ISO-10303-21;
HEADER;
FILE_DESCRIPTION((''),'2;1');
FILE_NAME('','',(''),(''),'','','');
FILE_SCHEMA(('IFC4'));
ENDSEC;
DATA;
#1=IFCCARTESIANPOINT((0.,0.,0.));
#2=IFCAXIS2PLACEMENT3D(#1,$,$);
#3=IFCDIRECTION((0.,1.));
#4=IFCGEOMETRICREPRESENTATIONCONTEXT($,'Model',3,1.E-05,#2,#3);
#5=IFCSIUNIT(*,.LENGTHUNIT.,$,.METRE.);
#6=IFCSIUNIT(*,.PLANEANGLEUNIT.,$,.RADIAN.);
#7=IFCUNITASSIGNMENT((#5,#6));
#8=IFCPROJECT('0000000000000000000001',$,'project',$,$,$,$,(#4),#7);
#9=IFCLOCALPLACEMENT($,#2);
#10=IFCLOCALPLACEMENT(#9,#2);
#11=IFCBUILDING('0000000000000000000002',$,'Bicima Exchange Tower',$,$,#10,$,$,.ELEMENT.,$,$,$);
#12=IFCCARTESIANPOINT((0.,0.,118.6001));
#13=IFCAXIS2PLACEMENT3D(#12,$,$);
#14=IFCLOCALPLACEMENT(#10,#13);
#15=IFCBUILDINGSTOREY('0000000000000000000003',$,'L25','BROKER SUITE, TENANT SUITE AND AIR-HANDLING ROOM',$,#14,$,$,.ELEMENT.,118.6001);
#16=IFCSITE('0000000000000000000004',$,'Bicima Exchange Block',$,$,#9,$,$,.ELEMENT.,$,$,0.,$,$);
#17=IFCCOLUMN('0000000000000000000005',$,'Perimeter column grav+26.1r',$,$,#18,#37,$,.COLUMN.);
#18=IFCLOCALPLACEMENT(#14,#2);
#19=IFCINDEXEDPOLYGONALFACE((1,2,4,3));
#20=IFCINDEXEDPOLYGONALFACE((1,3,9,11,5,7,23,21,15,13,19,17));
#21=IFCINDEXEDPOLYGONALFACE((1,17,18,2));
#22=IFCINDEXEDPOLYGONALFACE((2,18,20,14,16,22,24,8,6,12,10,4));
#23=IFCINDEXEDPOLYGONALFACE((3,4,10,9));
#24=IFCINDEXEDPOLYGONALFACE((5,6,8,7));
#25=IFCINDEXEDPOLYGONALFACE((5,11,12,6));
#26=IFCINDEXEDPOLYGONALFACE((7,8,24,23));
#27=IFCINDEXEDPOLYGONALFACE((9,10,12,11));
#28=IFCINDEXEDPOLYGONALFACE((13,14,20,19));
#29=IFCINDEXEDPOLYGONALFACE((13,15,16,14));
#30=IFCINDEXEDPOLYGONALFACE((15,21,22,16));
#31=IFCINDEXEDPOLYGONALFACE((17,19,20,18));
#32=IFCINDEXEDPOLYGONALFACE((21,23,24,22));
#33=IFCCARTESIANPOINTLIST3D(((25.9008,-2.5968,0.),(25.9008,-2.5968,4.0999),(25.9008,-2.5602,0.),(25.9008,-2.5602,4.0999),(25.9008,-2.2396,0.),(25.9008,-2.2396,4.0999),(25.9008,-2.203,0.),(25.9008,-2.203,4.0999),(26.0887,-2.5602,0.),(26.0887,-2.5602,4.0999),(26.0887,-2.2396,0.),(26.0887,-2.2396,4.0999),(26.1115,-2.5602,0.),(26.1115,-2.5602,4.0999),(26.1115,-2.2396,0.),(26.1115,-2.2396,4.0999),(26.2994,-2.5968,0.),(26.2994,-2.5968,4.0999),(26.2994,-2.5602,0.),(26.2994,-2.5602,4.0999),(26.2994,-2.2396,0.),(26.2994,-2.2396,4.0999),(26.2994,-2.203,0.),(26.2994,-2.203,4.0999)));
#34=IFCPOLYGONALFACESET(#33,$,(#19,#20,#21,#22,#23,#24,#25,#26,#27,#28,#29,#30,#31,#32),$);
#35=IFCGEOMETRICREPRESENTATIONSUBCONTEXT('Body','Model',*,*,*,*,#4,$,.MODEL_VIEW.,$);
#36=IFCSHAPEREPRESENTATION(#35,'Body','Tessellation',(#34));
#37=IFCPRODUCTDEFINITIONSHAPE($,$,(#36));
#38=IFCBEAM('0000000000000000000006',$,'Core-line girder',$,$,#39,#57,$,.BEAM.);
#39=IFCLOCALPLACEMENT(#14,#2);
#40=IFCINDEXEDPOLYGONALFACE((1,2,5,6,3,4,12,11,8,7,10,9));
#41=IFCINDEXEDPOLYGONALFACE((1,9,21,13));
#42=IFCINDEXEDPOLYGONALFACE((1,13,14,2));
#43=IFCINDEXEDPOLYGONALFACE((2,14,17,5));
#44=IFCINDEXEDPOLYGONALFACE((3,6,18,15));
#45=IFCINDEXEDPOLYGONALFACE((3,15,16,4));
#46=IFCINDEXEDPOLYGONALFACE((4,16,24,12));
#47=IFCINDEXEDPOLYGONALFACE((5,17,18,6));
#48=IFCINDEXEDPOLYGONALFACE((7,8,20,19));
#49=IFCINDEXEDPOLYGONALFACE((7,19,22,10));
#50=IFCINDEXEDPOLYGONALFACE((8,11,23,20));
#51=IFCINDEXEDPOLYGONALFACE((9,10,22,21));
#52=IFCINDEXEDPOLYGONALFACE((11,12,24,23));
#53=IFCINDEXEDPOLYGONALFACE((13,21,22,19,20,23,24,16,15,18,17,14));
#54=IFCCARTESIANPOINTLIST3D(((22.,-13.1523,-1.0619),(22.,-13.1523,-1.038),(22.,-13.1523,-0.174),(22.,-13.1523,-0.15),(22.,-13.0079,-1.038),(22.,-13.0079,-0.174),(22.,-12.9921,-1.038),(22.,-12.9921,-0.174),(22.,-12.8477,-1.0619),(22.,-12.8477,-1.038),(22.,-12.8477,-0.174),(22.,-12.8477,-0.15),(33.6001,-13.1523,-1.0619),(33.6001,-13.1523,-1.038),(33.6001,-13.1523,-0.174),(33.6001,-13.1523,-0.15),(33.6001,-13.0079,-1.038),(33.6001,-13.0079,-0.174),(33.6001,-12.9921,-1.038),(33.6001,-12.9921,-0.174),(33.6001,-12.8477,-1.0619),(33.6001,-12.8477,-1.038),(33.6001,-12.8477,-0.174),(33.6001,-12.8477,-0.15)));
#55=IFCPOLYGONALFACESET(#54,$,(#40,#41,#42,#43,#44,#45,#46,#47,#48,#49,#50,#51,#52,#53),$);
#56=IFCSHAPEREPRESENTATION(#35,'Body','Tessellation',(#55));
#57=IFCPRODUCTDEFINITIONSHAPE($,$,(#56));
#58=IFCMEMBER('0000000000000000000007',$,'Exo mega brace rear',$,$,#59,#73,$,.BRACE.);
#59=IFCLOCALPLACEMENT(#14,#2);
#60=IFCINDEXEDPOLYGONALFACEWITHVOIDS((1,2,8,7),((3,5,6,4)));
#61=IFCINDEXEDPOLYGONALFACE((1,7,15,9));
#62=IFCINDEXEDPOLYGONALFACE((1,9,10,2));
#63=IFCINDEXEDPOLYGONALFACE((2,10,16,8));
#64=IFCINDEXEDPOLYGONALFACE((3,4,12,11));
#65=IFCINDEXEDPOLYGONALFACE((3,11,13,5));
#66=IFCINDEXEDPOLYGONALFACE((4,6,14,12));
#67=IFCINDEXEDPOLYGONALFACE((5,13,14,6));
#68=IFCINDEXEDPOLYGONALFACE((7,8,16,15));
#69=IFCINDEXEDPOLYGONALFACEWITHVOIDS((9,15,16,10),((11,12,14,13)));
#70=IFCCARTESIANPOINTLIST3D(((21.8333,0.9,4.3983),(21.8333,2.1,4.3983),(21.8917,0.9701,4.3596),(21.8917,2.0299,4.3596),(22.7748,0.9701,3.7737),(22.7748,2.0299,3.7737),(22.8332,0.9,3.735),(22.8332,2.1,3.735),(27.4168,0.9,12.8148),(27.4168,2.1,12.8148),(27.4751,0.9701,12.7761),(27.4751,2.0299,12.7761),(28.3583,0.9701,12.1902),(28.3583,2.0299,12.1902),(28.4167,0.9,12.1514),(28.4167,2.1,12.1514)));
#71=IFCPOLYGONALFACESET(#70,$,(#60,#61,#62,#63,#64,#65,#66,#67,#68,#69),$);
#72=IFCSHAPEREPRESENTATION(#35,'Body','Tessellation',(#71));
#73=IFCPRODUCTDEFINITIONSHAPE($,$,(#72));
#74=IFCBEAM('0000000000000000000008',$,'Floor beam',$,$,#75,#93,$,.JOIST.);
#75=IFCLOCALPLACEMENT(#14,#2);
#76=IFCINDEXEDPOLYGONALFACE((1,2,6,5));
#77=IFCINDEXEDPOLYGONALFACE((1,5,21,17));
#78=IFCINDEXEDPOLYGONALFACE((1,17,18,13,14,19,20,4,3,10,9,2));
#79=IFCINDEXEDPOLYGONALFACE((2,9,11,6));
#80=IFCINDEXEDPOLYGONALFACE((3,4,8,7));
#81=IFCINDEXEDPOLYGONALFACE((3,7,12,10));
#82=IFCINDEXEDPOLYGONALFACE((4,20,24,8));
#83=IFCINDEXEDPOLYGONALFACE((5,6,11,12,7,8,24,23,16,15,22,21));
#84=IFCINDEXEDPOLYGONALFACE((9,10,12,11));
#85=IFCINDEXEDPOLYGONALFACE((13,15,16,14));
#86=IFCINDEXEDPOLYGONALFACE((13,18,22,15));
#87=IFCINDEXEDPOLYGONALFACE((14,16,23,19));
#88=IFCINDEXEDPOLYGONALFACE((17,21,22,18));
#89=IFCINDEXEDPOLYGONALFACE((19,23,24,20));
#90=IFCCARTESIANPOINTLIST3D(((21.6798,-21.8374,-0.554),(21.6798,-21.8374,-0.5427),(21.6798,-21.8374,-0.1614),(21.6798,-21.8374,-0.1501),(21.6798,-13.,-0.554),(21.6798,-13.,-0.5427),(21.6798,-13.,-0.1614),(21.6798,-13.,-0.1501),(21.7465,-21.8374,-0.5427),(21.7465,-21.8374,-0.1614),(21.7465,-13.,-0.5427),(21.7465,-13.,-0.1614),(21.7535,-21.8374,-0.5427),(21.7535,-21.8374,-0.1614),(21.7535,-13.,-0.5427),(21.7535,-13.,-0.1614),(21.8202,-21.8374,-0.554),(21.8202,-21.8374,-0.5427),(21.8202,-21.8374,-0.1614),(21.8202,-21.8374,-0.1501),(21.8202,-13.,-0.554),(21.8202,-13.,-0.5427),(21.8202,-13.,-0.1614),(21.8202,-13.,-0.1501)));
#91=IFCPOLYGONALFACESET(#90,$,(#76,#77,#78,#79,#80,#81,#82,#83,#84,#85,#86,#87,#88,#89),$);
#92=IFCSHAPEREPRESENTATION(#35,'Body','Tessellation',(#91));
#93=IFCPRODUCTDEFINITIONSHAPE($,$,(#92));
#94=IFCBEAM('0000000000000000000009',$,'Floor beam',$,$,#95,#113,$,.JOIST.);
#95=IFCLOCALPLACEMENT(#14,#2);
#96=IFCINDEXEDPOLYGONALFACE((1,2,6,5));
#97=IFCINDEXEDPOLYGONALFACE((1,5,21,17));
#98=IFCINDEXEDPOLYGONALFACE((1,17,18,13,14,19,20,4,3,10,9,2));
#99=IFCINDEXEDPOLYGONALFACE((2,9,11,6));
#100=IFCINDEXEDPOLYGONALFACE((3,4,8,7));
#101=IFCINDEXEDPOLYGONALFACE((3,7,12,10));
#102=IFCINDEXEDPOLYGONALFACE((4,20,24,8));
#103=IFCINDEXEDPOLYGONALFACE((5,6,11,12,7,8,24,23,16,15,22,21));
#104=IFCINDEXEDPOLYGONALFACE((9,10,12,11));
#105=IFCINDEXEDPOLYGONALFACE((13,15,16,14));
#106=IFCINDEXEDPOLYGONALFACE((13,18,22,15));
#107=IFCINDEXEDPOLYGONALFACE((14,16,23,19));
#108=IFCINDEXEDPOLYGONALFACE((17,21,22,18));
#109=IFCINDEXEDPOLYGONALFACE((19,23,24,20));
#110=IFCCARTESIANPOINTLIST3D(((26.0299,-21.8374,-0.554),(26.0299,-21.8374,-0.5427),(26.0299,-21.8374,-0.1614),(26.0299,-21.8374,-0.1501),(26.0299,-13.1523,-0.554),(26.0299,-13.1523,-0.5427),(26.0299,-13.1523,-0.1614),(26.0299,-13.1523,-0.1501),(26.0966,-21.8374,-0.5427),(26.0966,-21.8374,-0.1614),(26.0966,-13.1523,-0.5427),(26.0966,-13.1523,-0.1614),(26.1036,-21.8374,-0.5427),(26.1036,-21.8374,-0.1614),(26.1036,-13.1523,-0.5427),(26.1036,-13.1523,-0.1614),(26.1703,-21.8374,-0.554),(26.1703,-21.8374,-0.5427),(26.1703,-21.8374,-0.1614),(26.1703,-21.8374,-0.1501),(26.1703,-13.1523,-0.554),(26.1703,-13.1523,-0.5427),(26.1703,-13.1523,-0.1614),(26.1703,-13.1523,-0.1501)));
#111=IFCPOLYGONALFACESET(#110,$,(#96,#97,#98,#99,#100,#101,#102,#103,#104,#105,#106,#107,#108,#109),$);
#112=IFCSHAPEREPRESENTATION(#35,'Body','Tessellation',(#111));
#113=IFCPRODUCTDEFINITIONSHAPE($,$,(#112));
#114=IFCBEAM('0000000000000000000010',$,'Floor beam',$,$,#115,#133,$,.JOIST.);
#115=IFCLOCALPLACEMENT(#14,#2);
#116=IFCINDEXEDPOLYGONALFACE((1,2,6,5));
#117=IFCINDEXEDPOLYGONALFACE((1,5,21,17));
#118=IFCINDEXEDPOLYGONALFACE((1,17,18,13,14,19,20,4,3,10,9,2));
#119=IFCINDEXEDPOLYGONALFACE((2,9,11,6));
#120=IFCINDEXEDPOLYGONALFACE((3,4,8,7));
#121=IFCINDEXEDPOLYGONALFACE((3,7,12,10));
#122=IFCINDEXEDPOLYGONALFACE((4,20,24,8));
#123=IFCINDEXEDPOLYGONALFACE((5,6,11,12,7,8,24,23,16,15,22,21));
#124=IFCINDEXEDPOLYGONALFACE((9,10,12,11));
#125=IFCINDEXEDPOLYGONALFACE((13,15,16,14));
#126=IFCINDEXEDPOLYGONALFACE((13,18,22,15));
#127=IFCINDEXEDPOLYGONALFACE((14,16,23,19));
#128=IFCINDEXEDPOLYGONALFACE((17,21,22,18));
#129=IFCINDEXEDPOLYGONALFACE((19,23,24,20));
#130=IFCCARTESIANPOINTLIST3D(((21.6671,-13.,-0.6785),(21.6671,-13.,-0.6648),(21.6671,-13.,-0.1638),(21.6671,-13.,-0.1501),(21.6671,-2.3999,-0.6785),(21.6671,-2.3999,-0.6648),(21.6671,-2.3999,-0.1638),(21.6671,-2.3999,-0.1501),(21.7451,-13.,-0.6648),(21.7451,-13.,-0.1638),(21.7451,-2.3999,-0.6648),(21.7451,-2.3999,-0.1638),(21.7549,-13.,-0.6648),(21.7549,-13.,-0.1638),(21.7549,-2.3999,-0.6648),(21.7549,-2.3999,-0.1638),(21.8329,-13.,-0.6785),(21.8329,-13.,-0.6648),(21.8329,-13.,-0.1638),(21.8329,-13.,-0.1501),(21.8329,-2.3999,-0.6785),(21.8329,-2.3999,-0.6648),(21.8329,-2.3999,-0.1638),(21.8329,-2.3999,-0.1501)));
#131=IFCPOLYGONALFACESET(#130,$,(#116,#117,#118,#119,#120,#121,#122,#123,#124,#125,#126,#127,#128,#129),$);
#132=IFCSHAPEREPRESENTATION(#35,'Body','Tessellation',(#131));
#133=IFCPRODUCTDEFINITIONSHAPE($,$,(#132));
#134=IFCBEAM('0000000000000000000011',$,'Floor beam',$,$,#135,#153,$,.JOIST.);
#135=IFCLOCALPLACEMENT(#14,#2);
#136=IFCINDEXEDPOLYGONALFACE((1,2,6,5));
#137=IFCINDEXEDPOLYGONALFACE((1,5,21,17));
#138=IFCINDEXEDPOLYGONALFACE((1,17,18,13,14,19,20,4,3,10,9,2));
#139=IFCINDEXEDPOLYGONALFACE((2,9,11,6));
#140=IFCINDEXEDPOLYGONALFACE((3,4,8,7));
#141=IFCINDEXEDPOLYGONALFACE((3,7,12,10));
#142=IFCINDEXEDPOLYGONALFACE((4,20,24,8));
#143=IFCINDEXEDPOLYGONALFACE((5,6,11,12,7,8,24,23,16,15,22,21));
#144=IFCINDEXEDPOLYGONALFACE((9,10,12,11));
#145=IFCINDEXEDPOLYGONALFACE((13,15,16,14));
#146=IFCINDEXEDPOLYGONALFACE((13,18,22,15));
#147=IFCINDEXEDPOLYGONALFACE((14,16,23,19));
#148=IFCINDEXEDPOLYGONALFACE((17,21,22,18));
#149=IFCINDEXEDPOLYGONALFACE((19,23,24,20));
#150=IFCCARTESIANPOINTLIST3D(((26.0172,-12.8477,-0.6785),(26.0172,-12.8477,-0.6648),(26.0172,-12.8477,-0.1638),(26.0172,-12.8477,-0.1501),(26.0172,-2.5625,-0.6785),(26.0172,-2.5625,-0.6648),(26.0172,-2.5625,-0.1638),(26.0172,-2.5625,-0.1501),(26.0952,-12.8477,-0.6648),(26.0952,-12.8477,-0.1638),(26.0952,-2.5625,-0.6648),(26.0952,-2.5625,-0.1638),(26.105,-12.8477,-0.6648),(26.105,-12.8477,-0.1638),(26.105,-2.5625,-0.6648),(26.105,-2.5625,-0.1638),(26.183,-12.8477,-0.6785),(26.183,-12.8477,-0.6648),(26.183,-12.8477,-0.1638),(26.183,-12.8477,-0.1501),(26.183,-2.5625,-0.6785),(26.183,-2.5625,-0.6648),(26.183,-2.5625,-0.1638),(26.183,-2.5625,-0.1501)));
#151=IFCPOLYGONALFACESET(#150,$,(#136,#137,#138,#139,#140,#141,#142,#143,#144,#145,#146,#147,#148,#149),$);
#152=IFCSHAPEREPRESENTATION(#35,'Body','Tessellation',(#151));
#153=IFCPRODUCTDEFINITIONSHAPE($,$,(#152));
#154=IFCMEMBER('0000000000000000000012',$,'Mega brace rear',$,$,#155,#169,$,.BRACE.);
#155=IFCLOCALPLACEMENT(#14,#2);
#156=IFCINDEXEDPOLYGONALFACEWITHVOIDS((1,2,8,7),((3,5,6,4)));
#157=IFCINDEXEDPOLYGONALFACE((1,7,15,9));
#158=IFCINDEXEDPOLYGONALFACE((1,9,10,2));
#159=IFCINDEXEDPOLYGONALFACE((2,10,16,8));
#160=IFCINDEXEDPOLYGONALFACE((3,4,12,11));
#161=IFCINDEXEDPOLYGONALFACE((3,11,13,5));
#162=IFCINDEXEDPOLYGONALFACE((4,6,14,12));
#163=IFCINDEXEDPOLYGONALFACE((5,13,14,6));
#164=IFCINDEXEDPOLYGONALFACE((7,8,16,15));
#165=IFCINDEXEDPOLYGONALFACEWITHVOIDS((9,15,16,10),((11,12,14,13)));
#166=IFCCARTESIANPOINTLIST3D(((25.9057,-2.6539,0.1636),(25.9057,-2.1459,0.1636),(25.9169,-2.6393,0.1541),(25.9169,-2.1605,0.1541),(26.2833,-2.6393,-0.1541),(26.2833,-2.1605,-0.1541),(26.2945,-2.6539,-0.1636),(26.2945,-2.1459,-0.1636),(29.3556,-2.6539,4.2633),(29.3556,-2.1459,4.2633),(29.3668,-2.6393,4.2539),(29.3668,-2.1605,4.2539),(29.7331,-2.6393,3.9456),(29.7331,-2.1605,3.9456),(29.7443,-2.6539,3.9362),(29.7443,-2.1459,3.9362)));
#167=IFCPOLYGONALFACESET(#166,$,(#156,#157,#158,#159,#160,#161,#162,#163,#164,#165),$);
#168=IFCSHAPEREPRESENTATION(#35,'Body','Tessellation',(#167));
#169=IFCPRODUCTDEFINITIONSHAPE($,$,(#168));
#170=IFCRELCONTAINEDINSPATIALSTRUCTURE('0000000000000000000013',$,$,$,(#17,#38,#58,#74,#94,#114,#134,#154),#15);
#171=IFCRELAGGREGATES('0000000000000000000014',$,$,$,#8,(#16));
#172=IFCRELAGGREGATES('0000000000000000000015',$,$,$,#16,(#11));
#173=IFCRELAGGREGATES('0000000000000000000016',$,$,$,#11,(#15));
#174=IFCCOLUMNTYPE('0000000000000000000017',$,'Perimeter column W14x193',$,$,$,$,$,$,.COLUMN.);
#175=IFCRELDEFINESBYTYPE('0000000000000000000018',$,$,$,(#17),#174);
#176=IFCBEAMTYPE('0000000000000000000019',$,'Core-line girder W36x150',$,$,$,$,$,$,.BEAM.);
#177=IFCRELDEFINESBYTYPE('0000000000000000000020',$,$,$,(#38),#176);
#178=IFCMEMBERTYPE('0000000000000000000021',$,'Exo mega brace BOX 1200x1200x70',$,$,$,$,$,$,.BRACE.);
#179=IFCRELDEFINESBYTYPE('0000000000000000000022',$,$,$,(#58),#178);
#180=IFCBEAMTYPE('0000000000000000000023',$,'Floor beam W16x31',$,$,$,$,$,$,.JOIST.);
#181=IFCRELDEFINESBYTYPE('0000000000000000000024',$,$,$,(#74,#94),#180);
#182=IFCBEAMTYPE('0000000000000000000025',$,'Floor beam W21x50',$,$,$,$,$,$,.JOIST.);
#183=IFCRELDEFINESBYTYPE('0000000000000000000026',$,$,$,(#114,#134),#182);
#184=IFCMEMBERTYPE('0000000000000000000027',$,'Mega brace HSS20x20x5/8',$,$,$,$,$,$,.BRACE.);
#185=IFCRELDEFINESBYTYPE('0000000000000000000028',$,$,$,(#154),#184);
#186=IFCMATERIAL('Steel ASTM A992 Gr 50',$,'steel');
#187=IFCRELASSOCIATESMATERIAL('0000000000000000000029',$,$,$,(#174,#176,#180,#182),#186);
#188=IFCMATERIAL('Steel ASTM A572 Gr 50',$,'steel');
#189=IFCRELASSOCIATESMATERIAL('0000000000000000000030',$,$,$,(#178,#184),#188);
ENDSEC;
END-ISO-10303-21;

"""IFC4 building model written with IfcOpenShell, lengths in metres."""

from ifc_helpers import new_model, si_unit, direction, frame, origin, origin_2d, place, context, subcontext, project, spatial, hollow_rectangle, i_section, extrude, material, material_profile, profile_set, type_object, element, save


model = new_model("IFC4")

# Units and contexts
model_context = context("Model", 3, precision=1e-05, world=origin(), true_north=direction((0.0, 1.0)))
body_context = subcontext(model_context, "Body", "Model", "MODEL_VIEW")
ifc_project = project(units=[si_unit("LENGTHUNIT", "METRE"), si_unit("PLANEANGLEUNIT", "RADIAN")], contexts=[model_context])

# Site, building, storey
site_placement = place(None, origin())
site = spatial("IfcSite", under=ifc_project, at=site_placement, Name="Bicima Exchange Block", CompositionType="ELEMENT", RefElevation=0.0)
building_placement = place(site_placement, origin())
building = spatial("IfcBuilding", under=site, at=building_placement, Name="Bicima Exchange Tower", CompositionType="ELEMENT")
storey_placement = place(building_placement, frame((0.0, 0.0, 118.6001)))
storey = spatial("IfcBuildingStorey", under=building, at=storey_placement, Name="L25", Description="BROKER SUITE, TENANT SUITE AND AIR-HANDLING ROOM", CompositionType="ELEMENT", Elevation=118.6001)

# Column
ifc_material_1 = material(Name="Steel ASTM A992 Gr 50", Category="steel")
ifc_material_profile_1 = material_profile(ifc_material_1, i_section(OverallWidth=0.3987, OverallDepth=0.3938, WebThickness=0.0227, FlangeThickness=0.0366, at=origin_2d()))
ifc_profile_set_1 = profile_set([ifc_material_profile_1], Name="Steel ASTM A992 Gr 50")
column_type = type_object("IfcColumnType", Name="Perimeter column W14x193", PredefinedType="COLUMN", material=ifc_profile_set_1)
column_placement = place(storey_placement, frame((26.1001, -2.3999, 0.0), z_axis=(0.0, 0.0, 1.0), x_axis=(1.0, 0.0, 0.0)))
element("IfcColumn", 1, at=column_placement, inside=storey, type_object=column_type, Name="Perimeter column grav+26.1r", PredefinedType="COLUMN", context=body_context, shape_type="SweptSolid", body=[
    extrude(i_section(OverallWidth=0.3987, OverallDepth=0.3938, WebThickness=0.0227, FlangeThickness=0.0366, at=origin_2d()), origin(), (0.0, 0.0, 1.0), 4.0999),
])

# Beam
ifc_material_profile_2 = material_profile(ifc_material_1, i_section(OverallWidth=0.3047, OverallDepth=0.9119, WebThickness=0.0159, FlangeThickness=0.0239, at=origin_2d()))
ifc_profile_set_2 = profile_set([ifc_material_profile_2], Name="Steel ASTM A992 Gr 50")
beam_type_1 = type_object("IfcBeamType", Name="Core-line girder W36x150", PredefinedType="BEAM", material=ifc_profile_set_2)
beam_1_placement = place(storey_placement, frame((22.0, -13.0, -0.606), z_axis=(1.0, 0.0, 0.0), x_axis=(0.0, 1.0, 0.0)))
element("IfcBeam", 2, at=beam_1_placement, inside=storey, type_object=beam_type_1, Name="Core-line girder", PredefinedType="BEAM", context=body_context, shape_type="SweptSolid", body=[
    extrude(i_section(OverallWidth=0.3047, OverallDepth=0.9119, WebThickness=0.0159, FlangeThickness=0.0239, at=origin_2d()), origin(), (0.0, 0.0, 1.0), 11.6001),
])

# Member
ifc_material_2 = material(Name="Steel ASTM A572 Gr 50", Category="steel")
ifc_material_profile_3 = material_profile(ifc_material_2, hollow_rectangle(XDim=1.2, YDim=1.2, WallThickness=0.0701, at=origin_2d()))
ifc_profile_set_3 = profile_set([ifc_material_profile_3], Name="Steel ASTM A572 Gr 50")
member_type_1 = type_object("IfcMemberType", Name="Exo mega brace BOX 1200x1200x70", PredefinedType="BRACE", material=ifc_profile_set_3)
member_1_placement = place(storey_placement, frame((22.3333, 1.5, 4.0667), z_axis=(0.552813, 0.0, 0.833305), x_axis=(0.0, 1.0, 0.0)))
element("IfcMember", 3, at=member_1_placement, inside=storey, type_object=member_type_1, Name="Exo mega brace rear", PredefinedType="BRACE", context=body_context, shape_type="SweptSolid", body=[
    extrude(hollow_rectangle(XDim=1.2, YDim=1.2, WallThickness=0.0701, at=origin_2d()), origin(), (0.0, 0.0, 1.0), 10.1001),
])

# Beams
ifc_material_profile_4 = material_profile(ifc_material_1, i_section(OverallWidth=0.1404, OverallDepth=0.4038, WebThickness=0.0071, FlangeThickness=0.0112, at=origin_2d()))
ifc_profile_set_4 = profile_set([ifc_material_profile_4], Name="Steel ASTM A992 Gr 50")
beam_type_2 = type_object("IfcBeamType", Name="Floor beam W16x31", PredefinedType="JOIST", material=ifc_profile_set_4)
beam_2_placement = place(storey_placement, frame((21.75, -13.0, -0.3521), z_axis=(0.0, -1.0, 0.0), x_axis=(1.0, 0.0, 0.0)))
element("IfcBeam", 4, at=beam_2_placement, inside=storey, type_object=beam_type_2, Name="Floor beam", PredefinedType="JOIST", context=body_context, shape_type="SweptSolid", body=[
    extrude(i_section(OverallWidth=0.1404, OverallDepth=0.4038, WebThickness=0.0071, FlangeThickness=0.0112, at=origin_2d()), origin(), (0.0, 0.0, 1.0), 8.8374),
])
beam_3_placement = place(storey_placement, frame((26.1001, -13.1523, -0.3521), z_axis=(0.0, -1.0, 0.0), x_axis=(1.0, 0.0, 0.0)))
element("IfcBeam", 5, at=beam_3_placement, inside=storey, type_object=beam_type_2, Name="Floor beam", PredefinedType="JOIST", context=body_context, shape_type="SweptSolid", body=[
    extrude(i_section(OverallWidth=0.1404, OverallDepth=0.4038, WebThickness=0.0071, FlangeThickness=0.0112, at=origin_2d()), origin(), (0.0, 0.0, 1.0), 8.6851),
])
ifc_material_profile_5 = material_profile(ifc_material_1, i_section(OverallWidth=0.1658, OverallDepth=0.5283, WebThickness=0.0098, FlangeThickness=0.0137, at=origin_2d()))
ifc_profile_set_5 = profile_set([ifc_material_profile_5], Name="Steel ASTM A992 Gr 50")
beam_type_3 = type_object("IfcBeamType", Name="Floor beam W21x50", PredefinedType="JOIST", material=ifc_profile_set_5)
beam_4_placement = place(storey_placement, frame((21.75, -2.3999, -0.4143), z_axis=(0.0, -1.0, 0.0), x_axis=(1.0, 0.0, 0.0)))
element("IfcBeam", 6, at=beam_4_placement, inside=storey, type_object=beam_type_3, Name="Floor beam", PredefinedType="JOIST", context=body_context, shape_type="SweptSolid", body=[
    extrude(i_section(OverallWidth=0.1658, OverallDepth=0.5283, WebThickness=0.0098, FlangeThickness=0.0137, at=origin_2d()), origin(), (0.0, 0.0, 1.0), 10.6001),
])
beam_5_placement = place(storey_placement, frame((26.1001, -2.5625, -0.4143), z_axis=(0.0, -1.0, 0.0), x_axis=(1.0, 0.0, 0.0)))
element("IfcBeam", 7, at=beam_5_placement, inside=storey, type_object=beam_type_3, Name="Floor beam", PredefinedType="JOIST", context=body_context, shape_type="SweptSolid", body=[
    extrude(i_section(OverallWidth=0.1658, OverallDepth=0.5283, WebThickness=0.0098, FlangeThickness=0.0137, at=origin_2d()), origin(), (0.0, 0.0, 1.0), 10.2852),
])

# Member
ifc_material_profile_6 = material_profile(ifc_material_2, hollow_rectangle(XDim=0.5081, YDim=0.5081, WallThickness=0.0146, at=origin_2d()))
ifc_profile_set_6 = profile_set([ifc_material_profile_6], Name="Steel ASTM A572 Gr 50")
member_type_2 = type_object("IfcMemberType", Name="Mega brace HSS20x20x5/8", PredefinedType="BRACE", material=ifc_profile_set_6)
member_2_placement = place(storey_placement, frame((26.1001, -2.3999, 0.0), z_axis=(0.643856, 0.0, 0.765146), x_axis=(0.0, 1.0, 0.0)))
element("IfcMember", 8, at=member_2_placement, inside=storey, type_object=member_type_2, Name="Mega brace rear", PredefinedType="BRACE", context=body_context, shape_type="SweptSolid", body=[
    extrude(hollow_rectangle(XDim=0.5081, YDim=0.5081, WallThickness=0.0146, at=origin_2d()), origin(), (0.0, 0.0, 1.0), 5.3582),
])

save(model, "model.ifc")
